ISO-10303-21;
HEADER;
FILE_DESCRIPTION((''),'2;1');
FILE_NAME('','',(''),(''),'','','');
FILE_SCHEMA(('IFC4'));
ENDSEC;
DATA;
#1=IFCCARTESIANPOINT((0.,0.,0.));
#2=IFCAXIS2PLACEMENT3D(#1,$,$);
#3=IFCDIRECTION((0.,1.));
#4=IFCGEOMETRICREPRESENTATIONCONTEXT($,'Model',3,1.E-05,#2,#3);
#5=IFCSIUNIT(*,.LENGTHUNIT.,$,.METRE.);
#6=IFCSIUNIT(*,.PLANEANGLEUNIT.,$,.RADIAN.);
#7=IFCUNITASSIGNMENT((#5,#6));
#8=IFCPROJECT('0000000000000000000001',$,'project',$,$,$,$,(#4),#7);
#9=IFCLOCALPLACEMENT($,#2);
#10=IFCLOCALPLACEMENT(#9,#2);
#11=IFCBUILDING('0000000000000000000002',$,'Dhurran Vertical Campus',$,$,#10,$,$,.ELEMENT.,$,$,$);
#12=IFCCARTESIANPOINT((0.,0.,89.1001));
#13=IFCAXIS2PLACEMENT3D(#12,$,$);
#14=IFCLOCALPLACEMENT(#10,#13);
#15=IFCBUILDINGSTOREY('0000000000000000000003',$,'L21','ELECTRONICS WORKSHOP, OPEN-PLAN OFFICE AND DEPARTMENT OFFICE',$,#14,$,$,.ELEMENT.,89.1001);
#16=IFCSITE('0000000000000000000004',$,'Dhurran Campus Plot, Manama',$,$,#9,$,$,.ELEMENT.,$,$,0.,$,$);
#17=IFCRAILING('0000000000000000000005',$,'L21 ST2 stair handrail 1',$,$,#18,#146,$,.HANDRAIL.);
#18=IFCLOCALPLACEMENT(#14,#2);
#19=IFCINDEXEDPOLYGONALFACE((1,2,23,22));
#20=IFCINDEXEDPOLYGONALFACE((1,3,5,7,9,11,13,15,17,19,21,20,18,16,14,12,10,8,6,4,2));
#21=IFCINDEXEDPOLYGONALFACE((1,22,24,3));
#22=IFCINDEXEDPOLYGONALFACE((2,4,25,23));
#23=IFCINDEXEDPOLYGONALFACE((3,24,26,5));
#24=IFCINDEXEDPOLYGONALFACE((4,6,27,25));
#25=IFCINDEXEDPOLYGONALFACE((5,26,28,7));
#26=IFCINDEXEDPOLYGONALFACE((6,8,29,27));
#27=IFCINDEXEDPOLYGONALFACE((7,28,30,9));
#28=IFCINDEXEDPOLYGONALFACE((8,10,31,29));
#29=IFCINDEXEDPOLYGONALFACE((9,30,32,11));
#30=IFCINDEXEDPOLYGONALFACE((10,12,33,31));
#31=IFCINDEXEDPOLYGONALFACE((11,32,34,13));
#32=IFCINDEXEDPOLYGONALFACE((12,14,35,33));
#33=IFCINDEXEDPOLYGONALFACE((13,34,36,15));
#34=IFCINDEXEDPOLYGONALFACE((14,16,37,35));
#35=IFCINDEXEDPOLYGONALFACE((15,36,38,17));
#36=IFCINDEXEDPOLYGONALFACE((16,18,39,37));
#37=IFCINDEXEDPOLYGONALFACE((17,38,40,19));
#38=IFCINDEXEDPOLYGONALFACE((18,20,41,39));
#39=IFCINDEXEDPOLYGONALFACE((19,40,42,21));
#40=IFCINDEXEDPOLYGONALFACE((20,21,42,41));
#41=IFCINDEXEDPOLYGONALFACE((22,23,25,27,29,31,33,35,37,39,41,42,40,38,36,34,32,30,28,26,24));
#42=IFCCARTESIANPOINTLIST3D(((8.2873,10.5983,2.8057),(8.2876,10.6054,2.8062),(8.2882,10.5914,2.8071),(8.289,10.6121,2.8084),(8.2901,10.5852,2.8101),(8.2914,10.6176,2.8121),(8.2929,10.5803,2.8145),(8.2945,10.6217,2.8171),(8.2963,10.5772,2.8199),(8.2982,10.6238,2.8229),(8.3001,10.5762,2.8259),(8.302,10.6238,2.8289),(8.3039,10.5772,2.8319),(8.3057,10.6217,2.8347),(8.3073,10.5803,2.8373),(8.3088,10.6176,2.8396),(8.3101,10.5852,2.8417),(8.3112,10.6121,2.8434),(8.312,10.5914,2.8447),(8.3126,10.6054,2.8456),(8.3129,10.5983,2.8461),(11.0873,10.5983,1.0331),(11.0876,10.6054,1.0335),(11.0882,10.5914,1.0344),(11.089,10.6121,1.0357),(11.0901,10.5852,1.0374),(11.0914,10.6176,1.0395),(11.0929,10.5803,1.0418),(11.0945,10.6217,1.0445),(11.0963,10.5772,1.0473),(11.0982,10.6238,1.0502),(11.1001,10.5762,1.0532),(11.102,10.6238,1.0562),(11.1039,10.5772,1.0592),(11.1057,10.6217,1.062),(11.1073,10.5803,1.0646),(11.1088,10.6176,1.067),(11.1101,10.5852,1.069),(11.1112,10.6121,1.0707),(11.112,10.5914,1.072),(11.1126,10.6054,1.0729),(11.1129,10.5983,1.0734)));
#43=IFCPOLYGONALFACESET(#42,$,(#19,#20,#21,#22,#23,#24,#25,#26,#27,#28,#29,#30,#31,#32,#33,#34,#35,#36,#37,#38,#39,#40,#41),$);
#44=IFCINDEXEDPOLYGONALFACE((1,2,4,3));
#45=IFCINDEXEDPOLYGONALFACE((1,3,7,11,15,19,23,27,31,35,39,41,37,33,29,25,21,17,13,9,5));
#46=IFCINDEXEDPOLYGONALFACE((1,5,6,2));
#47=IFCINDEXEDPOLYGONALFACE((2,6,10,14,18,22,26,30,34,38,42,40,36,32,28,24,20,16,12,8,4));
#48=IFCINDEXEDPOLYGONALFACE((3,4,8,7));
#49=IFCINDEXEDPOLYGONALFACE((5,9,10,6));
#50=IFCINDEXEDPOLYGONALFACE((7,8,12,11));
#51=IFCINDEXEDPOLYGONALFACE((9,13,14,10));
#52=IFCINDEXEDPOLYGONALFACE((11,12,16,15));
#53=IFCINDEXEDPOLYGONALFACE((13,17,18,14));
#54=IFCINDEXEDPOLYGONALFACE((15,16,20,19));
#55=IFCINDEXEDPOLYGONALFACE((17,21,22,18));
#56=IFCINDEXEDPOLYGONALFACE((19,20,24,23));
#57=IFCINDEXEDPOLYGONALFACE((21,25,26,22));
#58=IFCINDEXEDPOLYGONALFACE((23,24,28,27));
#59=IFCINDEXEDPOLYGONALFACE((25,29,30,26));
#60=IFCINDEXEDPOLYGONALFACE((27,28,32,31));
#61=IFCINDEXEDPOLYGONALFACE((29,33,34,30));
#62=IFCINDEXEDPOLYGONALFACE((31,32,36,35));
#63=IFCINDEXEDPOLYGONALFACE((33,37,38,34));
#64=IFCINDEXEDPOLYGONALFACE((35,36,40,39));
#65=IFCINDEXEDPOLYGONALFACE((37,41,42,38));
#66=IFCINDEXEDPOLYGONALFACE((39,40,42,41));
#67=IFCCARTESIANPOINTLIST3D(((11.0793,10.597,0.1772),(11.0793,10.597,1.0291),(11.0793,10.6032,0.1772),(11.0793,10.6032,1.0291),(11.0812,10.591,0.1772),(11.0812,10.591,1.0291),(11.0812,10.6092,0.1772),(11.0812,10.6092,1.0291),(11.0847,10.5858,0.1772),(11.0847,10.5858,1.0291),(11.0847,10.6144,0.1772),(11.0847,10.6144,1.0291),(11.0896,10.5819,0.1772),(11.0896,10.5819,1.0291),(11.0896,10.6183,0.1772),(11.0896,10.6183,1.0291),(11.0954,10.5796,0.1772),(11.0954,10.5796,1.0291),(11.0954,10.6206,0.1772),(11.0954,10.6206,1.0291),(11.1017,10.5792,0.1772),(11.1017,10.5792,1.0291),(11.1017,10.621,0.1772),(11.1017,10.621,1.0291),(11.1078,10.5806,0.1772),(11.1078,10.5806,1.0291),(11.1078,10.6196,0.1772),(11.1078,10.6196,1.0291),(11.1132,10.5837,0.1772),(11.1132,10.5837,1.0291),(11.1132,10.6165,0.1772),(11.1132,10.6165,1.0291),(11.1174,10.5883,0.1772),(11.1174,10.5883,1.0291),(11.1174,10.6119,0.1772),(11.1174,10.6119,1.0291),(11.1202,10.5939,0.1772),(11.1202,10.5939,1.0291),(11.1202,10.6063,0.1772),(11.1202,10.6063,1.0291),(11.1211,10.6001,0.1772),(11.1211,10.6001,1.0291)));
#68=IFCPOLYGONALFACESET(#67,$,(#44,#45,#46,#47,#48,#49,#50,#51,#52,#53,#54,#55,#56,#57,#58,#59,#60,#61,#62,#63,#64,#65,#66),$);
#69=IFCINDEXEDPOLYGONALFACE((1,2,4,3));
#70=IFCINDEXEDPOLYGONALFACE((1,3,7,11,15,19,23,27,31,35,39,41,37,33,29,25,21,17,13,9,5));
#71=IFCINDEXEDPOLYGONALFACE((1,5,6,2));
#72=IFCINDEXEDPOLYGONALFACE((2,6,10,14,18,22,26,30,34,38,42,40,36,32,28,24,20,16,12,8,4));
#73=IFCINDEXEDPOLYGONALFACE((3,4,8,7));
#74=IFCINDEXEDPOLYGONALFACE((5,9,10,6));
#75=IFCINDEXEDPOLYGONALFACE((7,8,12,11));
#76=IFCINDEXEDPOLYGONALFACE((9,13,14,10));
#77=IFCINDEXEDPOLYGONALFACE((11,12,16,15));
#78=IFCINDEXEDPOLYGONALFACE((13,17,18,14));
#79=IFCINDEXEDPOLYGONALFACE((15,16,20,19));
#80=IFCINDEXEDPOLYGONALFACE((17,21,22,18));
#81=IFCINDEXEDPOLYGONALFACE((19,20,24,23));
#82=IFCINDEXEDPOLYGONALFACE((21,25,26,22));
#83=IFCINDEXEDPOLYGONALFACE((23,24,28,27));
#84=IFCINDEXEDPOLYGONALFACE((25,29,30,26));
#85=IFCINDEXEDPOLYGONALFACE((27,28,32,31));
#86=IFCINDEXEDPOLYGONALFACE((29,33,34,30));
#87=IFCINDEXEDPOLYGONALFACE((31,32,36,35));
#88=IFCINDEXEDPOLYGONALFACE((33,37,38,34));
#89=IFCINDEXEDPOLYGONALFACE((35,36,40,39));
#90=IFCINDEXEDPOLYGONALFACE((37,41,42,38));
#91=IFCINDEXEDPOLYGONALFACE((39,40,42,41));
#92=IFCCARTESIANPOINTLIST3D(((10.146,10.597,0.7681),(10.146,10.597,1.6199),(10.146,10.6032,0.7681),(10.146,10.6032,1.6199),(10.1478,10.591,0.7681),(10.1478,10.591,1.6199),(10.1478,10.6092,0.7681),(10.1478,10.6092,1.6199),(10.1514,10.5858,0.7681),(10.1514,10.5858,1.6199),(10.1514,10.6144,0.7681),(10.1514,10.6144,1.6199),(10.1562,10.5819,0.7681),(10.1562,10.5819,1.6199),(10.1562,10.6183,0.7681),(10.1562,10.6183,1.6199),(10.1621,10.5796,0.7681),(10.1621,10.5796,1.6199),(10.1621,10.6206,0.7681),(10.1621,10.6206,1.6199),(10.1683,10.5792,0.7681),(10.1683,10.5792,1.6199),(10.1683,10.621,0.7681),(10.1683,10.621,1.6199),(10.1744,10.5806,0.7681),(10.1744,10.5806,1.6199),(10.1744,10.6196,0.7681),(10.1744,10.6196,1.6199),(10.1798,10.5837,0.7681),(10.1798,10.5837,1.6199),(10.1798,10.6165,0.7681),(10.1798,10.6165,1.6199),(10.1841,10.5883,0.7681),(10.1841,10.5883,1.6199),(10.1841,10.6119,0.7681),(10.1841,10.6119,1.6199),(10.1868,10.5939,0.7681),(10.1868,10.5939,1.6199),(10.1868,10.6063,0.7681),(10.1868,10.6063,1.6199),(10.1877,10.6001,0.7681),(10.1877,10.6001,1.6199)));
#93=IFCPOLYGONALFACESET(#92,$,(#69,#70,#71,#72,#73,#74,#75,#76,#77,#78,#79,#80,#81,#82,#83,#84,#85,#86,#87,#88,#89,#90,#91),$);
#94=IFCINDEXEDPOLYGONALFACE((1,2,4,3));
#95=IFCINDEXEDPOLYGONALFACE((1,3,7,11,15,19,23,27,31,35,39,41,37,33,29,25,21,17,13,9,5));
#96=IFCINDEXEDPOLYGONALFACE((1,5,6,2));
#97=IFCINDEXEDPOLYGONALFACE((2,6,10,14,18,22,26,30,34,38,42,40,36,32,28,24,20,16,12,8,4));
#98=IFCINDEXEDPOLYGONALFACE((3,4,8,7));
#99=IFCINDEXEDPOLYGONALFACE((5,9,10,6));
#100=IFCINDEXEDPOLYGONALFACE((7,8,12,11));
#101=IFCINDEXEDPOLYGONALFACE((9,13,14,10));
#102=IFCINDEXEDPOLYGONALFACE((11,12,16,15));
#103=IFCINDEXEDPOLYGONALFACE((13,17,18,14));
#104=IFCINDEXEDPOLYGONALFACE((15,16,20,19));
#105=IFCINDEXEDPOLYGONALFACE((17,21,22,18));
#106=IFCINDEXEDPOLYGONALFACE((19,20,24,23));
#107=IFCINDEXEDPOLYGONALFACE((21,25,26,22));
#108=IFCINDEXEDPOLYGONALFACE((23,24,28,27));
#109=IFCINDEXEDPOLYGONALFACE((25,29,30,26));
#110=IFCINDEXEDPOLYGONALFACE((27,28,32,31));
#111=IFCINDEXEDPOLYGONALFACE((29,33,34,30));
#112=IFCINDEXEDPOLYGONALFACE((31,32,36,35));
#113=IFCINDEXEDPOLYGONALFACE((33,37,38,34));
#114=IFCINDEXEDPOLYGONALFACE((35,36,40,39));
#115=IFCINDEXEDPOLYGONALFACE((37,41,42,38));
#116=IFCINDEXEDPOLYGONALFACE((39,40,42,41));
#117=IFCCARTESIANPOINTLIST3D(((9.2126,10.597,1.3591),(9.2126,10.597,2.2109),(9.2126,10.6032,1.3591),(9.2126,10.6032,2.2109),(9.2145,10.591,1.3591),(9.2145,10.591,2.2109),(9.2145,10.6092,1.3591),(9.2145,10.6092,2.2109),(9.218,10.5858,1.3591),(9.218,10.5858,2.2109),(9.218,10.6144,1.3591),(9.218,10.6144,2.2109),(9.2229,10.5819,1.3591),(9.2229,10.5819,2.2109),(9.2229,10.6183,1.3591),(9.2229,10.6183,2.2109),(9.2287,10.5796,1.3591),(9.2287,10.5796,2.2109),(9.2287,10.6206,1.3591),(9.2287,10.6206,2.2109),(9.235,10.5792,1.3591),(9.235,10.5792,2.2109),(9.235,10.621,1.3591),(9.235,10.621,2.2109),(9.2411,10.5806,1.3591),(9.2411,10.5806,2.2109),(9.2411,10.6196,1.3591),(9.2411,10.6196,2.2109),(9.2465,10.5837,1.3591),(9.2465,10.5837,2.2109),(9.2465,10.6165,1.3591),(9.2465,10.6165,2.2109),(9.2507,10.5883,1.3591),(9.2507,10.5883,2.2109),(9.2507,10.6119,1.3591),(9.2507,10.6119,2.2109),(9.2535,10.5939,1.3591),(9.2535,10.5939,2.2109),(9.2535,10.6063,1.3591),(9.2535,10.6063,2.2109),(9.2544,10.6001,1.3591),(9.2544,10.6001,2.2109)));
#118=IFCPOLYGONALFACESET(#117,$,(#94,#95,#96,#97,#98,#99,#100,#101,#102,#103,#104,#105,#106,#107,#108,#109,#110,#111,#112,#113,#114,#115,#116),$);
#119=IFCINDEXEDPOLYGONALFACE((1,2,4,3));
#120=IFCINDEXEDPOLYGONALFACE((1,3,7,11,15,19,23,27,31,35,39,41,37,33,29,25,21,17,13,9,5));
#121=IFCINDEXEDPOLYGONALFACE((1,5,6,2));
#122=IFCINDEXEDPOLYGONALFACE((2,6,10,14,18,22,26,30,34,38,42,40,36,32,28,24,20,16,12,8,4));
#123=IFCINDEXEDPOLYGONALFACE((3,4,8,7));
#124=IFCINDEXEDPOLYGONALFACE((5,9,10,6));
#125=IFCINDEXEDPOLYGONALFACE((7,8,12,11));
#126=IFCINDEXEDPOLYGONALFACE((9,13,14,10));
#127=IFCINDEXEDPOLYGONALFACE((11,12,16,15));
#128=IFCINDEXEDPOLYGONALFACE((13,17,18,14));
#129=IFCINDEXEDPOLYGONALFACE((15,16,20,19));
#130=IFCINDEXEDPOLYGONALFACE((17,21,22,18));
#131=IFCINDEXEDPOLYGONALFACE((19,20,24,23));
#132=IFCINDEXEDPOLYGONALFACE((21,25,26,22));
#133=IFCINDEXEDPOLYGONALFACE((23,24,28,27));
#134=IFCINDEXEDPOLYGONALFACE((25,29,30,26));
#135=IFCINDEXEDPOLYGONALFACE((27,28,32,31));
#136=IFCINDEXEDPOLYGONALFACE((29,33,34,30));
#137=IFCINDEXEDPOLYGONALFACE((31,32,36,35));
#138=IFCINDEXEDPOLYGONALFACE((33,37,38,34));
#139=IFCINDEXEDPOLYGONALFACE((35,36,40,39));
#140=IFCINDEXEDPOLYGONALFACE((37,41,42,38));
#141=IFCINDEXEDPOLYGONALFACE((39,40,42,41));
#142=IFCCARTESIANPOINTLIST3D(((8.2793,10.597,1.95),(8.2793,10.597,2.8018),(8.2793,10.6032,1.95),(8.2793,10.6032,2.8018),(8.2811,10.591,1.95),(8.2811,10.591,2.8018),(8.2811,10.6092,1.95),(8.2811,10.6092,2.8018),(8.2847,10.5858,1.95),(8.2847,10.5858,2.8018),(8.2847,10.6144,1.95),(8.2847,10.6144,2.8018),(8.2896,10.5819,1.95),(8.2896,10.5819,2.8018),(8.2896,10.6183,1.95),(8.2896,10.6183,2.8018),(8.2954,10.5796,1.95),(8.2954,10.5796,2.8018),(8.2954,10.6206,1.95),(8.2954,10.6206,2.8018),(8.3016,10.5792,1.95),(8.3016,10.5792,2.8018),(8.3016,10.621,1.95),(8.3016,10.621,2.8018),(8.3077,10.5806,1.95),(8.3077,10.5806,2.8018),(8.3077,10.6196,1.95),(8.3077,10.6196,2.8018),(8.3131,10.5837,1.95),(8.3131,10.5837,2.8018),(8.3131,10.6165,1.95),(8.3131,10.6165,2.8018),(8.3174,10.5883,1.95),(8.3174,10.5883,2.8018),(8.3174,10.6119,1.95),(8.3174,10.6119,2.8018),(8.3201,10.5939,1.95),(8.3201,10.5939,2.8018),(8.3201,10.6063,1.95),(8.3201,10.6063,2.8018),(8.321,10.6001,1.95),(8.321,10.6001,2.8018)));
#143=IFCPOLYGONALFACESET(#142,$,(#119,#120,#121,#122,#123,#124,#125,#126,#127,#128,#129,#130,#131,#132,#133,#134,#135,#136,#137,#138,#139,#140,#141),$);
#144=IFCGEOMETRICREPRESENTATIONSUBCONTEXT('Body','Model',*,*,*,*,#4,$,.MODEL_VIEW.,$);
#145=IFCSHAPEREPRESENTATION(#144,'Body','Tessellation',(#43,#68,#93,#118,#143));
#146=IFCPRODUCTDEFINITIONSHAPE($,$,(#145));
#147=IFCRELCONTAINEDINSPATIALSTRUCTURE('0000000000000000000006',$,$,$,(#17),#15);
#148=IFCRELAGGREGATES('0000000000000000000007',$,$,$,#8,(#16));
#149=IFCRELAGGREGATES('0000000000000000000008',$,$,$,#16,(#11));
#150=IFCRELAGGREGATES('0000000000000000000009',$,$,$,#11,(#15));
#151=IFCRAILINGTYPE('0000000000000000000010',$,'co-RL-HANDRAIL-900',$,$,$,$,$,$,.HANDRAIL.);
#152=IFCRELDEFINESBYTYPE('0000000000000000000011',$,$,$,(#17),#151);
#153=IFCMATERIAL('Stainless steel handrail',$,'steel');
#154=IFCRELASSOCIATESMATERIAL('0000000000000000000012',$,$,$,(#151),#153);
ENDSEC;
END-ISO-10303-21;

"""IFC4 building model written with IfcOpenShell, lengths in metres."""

from ifc_helpers import new_model, si_unit, direction, frame, origin, origin_2d, place, context, subcontext, project, spatial, circle, extrude, material, type_object, element, save


model = new_model("IFC4")

# Units and contexts
model_context = context("Model", 3, precision=1e-05, world=origin(), true_north=direction((0.0, 1.0)))
body_context = subcontext(model_context, "Body", "Model", "MODEL_VIEW")
ifc_project = project(units=[si_unit("LENGTHUNIT", "METRE"), si_unit("PLANEANGLEUNIT", "RADIAN")], contexts=[model_context])

# Site, building, storey
site_placement = place(None, origin())
site = spatial("IfcSite", under=ifc_project, at=site_placement, Name="Dhurran Campus Plot, Manama", CompositionType="ELEMENT", RefElevation=0.0)
building_placement = place(site_placement, origin())
building = spatial("IfcBuilding", under=site, at=building_placement, Name="Dhurran Vertical Campus", CompositionType="ELEMENT")
storey_placement = place(building_placement, frame((0.0, 0.0, 89.1001)))
storey = spatial("IfcBuildingStorey", under=building, at=storey_placement, Name="L21", Description="ELECTRONICS WORKSHOP, OPEN-PLAN OFFICE AND DEPARTMENT OFFICE", CompositionType="ELEMENT", Elevation=89.1001)

# Railing
ifc_material_1 = material(Name="Stainless steel handrail", Category="steel")
railing_type_1 = type_object("IfcRailingType", Name="co-RL-HANDRAIL-900", PredefinedType="HANDRAIL", material=ifc_material_1)
railing_1_placement = place(storey_placement, frame((11.1001, 10.6001, 0.1772)))
element("IfcRailing", 1, at=railing_1_placement, inside=storey, type_object=railing_type_1, Name="L21 ST2 stair handrail 1", PredefinedType="HANDRAIL", context=body_context, shape_type="SweptSolid", body=[
    extrude(circle(Radius=0.0239, at=origin_2d()), frame((0.0, 0.0, 0.876), z_axis=(-0.844909, 0.0, 0.53491), x_axis=(0.0, -1.0, 0.0)), (0.0, 0.0, 1.0), 3.314),
    extrude(circle(Radius=0.021, at=origin_2d()), origin(), (0.0, 0.0, 1.0), 0.8518),
    extrude(circle(Radius=0.021, at=origin_2d()), frame((-0.9333, 0.0, 0.5908)), (0.0, 0.0, 1.0), 0.8518),
    extrude(circle(Radius=0.021, at=origin_2d()), frame((-1.8667, 0.0, 1.1819)), (0.0, 0.0, 1.0), 0.8518),
    extrude(circle(Radius=0.021, at=origin_2d()), frame((-2.8, 0.0, 1.7727)), (0.0, 0.0, 1.0), 0.8518),
])

save(model, "model.ifc")
